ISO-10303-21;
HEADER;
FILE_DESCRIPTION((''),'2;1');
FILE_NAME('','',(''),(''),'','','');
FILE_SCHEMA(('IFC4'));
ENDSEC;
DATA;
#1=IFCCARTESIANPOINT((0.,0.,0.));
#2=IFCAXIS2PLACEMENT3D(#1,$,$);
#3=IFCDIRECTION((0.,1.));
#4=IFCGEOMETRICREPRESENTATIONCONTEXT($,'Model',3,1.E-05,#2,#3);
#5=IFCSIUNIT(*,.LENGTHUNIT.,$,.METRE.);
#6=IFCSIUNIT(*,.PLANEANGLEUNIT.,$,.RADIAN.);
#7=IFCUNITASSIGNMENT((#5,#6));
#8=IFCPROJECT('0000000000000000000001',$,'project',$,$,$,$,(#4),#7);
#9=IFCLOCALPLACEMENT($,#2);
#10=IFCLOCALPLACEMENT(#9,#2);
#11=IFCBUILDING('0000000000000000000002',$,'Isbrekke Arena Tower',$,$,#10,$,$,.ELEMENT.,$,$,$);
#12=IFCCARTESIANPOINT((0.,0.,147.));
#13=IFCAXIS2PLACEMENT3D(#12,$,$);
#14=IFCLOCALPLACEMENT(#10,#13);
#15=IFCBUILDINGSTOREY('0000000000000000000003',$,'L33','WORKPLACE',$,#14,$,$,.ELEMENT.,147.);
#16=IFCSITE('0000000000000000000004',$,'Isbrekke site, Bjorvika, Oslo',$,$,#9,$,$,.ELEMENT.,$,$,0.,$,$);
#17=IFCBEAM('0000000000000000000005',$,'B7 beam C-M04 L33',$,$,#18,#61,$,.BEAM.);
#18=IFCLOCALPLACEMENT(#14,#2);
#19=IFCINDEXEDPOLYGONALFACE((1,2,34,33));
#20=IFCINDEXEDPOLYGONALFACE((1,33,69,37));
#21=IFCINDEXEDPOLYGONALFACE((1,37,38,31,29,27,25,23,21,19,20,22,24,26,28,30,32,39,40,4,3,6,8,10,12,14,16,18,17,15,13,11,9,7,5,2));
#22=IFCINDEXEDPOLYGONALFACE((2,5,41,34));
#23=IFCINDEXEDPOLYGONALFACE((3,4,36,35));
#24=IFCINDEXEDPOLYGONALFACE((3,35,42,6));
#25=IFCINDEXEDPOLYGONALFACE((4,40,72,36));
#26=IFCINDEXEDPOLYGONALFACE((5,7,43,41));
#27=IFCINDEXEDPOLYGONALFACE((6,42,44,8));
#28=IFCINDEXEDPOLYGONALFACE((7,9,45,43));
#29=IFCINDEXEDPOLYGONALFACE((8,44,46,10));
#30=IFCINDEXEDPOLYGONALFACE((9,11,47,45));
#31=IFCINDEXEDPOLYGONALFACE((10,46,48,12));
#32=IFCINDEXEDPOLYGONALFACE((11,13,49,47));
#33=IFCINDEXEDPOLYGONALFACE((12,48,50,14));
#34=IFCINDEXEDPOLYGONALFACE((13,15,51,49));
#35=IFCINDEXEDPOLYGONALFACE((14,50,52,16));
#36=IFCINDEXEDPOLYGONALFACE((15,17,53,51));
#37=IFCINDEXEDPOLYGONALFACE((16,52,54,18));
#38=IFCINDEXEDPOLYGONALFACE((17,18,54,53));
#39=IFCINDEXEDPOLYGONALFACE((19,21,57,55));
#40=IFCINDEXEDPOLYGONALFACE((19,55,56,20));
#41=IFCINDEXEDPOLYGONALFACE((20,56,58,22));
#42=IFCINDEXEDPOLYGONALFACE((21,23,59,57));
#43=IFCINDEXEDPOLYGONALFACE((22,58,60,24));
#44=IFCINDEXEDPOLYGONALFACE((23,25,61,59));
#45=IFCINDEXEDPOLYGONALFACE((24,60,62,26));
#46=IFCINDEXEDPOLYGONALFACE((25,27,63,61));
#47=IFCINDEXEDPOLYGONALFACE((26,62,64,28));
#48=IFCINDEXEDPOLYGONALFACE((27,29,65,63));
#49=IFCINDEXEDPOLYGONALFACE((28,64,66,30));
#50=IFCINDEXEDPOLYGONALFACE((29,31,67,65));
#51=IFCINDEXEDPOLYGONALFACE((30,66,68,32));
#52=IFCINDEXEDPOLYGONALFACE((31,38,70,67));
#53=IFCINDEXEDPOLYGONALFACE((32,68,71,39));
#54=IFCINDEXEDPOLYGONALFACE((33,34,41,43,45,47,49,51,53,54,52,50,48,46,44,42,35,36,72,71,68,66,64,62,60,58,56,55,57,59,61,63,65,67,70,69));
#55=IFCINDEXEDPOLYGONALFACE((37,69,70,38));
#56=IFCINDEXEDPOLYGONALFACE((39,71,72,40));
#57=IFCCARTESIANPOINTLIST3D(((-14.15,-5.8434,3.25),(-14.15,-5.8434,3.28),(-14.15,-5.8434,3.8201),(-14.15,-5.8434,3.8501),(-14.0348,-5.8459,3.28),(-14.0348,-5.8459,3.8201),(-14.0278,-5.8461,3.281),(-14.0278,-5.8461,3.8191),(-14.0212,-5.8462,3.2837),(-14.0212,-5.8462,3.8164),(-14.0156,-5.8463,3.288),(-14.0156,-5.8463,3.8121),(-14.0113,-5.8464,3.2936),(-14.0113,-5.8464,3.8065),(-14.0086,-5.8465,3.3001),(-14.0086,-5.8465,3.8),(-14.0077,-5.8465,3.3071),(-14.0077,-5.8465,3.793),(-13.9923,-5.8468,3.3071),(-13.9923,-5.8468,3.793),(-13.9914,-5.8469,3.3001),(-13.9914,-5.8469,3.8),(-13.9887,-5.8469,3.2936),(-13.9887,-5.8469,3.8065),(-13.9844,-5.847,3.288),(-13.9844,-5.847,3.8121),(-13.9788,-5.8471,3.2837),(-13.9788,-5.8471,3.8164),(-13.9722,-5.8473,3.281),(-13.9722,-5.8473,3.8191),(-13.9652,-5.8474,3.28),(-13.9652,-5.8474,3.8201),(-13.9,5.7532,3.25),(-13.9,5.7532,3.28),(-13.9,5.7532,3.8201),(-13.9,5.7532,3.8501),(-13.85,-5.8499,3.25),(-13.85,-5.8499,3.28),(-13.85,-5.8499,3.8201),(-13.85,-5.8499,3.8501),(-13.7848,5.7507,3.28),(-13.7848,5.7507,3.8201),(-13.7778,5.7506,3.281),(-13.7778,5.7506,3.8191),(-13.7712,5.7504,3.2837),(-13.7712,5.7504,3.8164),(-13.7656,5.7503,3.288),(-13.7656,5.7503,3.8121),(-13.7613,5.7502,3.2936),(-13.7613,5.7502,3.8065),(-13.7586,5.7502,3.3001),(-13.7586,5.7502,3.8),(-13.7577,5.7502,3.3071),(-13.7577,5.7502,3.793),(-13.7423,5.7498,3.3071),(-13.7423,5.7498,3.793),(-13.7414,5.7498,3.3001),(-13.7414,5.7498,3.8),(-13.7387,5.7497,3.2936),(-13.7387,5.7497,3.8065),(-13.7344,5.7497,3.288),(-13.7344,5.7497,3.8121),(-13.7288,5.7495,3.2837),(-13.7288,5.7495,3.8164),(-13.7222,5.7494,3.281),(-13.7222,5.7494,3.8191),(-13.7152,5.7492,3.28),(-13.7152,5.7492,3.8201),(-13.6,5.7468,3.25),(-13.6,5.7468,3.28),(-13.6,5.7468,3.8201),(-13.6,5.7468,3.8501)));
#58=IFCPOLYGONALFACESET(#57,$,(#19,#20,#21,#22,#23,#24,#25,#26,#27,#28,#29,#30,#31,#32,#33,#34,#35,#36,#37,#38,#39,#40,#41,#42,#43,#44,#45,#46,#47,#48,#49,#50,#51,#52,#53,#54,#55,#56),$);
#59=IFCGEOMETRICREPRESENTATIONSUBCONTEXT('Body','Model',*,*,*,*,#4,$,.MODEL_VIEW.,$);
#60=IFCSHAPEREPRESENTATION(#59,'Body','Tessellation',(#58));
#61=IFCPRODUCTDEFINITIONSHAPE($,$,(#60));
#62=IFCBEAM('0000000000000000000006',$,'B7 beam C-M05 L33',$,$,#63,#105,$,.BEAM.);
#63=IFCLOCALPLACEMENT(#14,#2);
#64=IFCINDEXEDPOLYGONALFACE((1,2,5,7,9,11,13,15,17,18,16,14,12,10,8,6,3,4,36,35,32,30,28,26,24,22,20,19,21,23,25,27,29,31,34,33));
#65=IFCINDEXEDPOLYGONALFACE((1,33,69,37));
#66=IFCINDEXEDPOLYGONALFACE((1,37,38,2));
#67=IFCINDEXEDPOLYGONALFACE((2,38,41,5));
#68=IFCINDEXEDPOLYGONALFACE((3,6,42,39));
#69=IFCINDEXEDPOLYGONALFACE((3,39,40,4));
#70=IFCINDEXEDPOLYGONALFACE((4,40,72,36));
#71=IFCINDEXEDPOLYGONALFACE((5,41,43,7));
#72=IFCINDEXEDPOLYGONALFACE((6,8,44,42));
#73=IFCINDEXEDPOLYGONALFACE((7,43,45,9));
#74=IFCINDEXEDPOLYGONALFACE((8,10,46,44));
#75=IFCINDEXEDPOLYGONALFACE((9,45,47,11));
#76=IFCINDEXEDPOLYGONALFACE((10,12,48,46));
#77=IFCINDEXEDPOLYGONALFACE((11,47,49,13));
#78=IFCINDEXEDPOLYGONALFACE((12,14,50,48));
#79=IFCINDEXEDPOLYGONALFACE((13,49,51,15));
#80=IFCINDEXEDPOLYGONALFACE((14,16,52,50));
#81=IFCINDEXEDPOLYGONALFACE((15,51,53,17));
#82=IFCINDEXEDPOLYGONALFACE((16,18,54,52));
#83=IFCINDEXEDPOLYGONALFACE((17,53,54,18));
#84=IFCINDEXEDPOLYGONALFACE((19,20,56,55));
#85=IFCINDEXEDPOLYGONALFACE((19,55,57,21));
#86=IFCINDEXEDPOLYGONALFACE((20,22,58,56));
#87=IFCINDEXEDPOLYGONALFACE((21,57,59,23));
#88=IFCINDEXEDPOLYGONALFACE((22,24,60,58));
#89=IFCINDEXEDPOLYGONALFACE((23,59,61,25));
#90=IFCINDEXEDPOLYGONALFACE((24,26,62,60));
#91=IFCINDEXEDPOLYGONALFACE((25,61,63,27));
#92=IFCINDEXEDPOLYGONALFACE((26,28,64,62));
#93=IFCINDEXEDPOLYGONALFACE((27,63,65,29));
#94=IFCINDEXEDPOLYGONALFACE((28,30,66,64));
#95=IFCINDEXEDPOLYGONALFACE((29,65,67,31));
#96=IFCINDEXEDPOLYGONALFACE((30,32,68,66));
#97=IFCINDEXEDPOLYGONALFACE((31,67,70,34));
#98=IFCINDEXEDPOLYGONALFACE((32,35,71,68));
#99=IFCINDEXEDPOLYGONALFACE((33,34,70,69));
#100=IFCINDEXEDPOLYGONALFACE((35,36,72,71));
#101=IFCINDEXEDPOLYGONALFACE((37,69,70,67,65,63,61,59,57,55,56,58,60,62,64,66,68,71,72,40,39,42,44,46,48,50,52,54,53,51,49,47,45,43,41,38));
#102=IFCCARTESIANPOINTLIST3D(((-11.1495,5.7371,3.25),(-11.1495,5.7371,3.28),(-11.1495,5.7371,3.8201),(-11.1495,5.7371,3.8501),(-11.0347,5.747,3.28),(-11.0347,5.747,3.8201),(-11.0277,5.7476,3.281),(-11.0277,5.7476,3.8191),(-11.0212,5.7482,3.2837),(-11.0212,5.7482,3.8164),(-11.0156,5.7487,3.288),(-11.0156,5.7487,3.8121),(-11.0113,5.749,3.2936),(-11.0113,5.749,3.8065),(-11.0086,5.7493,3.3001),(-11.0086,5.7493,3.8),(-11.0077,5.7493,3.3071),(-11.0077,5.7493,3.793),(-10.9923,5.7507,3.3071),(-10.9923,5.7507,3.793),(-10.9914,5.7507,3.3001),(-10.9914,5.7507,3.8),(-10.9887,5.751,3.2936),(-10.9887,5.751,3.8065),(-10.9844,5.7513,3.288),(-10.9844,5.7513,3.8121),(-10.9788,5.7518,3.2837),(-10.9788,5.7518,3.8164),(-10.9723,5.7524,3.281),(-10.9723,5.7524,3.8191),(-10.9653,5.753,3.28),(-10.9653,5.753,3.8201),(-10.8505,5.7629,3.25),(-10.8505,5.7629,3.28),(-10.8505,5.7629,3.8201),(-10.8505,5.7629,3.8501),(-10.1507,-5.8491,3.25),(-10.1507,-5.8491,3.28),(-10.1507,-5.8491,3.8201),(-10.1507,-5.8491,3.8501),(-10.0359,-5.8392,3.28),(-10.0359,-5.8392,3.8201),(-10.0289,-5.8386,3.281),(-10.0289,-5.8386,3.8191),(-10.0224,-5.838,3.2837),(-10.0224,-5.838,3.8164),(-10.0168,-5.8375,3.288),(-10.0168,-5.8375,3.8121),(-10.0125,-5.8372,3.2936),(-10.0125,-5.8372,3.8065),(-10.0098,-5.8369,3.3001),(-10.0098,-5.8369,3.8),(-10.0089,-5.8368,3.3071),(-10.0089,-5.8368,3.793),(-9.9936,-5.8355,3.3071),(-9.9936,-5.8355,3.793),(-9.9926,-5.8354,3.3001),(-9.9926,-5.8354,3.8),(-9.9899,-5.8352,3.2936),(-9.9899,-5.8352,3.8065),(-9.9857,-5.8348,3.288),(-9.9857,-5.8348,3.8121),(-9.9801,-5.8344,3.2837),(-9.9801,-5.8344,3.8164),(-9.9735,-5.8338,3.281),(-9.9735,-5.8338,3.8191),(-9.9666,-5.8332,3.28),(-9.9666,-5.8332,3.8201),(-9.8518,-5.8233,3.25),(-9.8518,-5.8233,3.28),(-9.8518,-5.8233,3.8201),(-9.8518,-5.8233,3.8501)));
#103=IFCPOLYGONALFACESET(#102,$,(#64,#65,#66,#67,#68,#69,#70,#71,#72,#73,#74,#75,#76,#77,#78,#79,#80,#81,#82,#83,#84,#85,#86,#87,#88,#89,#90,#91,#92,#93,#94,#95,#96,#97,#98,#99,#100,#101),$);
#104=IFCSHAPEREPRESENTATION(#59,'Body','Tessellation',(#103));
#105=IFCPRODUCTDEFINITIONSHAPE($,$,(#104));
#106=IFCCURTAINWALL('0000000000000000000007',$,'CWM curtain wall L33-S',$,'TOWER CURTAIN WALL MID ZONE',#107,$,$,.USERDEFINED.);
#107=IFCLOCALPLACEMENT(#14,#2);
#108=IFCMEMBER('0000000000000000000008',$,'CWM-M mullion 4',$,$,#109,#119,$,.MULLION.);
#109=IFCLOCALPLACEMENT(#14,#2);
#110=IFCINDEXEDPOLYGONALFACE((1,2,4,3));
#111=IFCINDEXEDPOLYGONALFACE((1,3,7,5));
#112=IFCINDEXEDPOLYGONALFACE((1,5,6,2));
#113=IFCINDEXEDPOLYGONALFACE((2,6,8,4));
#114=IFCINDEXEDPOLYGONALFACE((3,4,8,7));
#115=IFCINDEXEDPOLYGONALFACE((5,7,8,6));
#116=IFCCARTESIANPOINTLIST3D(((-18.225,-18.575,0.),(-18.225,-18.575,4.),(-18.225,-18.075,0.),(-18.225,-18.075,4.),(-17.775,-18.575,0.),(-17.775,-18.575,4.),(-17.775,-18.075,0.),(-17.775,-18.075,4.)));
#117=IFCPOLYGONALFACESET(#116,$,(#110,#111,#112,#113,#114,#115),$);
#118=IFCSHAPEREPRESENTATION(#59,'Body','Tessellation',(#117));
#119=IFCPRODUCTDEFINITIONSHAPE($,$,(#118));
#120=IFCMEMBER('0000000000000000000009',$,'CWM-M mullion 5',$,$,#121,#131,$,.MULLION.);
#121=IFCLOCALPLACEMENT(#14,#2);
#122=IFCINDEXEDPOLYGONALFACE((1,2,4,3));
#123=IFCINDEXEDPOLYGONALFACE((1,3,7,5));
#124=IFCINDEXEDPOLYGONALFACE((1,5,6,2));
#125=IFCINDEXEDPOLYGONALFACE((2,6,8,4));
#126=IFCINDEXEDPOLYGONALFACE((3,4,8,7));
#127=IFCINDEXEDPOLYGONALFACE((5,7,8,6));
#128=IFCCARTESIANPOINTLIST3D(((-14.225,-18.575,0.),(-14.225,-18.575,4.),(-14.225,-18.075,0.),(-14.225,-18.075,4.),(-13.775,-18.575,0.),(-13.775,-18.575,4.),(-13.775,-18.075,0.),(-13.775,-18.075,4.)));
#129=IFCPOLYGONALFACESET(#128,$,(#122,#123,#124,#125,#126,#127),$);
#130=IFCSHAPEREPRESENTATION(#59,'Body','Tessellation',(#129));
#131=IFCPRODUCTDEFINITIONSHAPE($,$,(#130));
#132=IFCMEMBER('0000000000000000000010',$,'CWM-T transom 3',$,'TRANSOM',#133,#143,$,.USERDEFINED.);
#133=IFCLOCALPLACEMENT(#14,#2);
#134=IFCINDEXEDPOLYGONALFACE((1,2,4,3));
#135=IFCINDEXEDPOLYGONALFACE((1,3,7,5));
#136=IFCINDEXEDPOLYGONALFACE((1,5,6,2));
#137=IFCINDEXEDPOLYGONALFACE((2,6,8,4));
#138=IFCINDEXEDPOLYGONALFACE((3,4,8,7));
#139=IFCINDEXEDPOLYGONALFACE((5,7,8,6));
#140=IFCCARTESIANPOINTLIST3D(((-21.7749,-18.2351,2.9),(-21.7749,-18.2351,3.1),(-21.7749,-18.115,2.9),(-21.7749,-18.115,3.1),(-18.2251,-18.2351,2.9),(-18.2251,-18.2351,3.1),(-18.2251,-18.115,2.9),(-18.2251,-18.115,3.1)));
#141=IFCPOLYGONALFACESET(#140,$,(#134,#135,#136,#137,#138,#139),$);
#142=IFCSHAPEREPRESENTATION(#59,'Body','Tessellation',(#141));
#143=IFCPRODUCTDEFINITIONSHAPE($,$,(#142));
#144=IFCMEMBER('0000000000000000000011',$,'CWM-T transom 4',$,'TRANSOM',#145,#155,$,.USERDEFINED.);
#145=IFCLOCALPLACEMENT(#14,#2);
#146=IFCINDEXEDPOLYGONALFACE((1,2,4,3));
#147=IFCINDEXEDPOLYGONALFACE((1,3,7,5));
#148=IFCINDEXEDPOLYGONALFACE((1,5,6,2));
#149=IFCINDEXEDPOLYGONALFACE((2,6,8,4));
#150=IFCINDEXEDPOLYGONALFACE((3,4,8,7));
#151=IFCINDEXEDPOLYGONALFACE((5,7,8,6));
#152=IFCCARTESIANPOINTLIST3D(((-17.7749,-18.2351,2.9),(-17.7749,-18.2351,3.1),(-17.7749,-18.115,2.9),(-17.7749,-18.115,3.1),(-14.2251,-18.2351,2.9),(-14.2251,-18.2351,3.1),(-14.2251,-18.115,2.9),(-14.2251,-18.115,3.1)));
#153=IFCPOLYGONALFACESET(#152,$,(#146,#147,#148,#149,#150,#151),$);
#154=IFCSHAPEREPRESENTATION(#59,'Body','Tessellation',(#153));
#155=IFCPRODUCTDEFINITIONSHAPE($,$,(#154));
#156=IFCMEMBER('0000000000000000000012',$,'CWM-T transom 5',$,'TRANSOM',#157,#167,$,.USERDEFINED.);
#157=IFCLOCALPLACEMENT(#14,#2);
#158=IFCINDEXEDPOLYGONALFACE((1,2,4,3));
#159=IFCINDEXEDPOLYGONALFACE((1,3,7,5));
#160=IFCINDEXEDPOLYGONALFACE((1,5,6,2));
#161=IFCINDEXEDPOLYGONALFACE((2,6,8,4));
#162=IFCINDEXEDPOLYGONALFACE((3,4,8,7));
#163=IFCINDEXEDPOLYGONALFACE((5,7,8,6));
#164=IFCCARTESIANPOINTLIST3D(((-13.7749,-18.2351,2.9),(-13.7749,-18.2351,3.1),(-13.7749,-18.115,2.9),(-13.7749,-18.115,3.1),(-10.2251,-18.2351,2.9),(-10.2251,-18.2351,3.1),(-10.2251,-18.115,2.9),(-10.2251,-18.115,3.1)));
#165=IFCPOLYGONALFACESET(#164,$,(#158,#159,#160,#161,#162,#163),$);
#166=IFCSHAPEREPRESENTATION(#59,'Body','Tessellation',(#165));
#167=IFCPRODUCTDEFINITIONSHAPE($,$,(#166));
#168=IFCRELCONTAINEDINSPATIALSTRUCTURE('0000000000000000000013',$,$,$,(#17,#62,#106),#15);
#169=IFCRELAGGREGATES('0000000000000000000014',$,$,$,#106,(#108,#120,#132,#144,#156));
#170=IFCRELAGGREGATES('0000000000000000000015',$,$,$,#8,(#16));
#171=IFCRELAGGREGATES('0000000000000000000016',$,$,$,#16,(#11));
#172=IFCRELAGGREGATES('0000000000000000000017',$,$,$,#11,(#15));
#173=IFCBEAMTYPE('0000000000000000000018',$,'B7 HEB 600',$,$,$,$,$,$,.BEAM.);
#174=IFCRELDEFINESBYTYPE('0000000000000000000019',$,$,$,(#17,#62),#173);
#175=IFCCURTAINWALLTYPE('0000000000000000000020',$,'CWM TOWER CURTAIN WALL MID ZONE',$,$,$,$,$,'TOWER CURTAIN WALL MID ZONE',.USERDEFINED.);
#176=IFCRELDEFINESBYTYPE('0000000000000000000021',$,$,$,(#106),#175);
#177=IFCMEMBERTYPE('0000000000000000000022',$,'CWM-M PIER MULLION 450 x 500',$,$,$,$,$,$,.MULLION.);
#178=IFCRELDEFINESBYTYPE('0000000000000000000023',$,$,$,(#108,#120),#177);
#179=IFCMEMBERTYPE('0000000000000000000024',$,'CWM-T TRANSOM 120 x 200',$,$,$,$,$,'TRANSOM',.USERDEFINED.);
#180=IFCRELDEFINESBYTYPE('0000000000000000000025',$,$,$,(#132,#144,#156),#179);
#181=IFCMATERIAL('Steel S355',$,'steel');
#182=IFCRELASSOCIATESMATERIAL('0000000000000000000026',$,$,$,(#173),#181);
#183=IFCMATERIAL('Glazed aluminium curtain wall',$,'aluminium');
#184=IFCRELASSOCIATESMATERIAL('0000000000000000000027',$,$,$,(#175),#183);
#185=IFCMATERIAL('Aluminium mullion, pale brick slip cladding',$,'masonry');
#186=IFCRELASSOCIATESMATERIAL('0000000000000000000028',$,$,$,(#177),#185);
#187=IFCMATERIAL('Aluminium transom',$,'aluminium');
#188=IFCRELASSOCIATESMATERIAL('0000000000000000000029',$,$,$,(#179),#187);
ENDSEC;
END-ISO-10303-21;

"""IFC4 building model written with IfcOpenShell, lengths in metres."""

from ifc_helpers import new_model, si_unit, direction, frame, origin, origin_2d, place, context, subcontext, project, spatial, rectangle, i_section, extrude, material, material_profile, profile_set, type_object, element, aggregate, save


model = new_model("IFC4")

# Units and contexts
model_context = context("Model", 3, precision=1e-05, world=origin(), true_north=direction((0.0, 1.0)))
body_context = subcontext(model_context, "Body", "Model", "MODEL_VIEW")
ifc_project = project(units=[si_unit("LENGTHUNIT", "METRE"), si_unit("PLANEANGLEUNIT", "RADIAN")], contexts=[model_context])

# Site, building, storey
site_placement = place(None, origin())
site = spatial("IfcSite", under=ifc_project, at=site_placement, Name="Isbrekke site, Bjorvika, Oslo", CompositionType="ELEMENT", RefElevation=0.0)
building_placement = place(site_placement, origin())
building = spatial("IfcBuilding", under=site, at=building_placement, Name="Isbrekke Arena Tower", CompositionType="ELEMENT")
storey_placement = place(building_placement, frame((0.0, 0.0, 147.0)))
storey = spatial("IfcBuildingStorey", under=building, at=storey_placement, Name="L33", Description="WORKPLACE", CompositionType="ELEMENT", Elevation=147.0)

# Beams
ifc_material_1 = material(Name="Steel S355", Category="steel")
ifc_material_profile_1 = material_profile(ifc_material_1, i_section(OverallWidth=0.3, OverallDepth=0.6001, WebThickness=0.0154, FlangeThickness=0.03, FilletRadius=0.0271, at=origin_2d()), Name="HEB 600")
ifc_profile_set_1 = profile_set([ifc_material_profile_1], Name="Steel S355")
beam_type_1 = type_object("IfcBeamType", Name="B7 HEB 600", PredefinedType="BEAM", material=ifc_profile_set_1)
beam_1_placement = place(storey_placement, frame((-14.0, -5.8467, 3.55), z_axis=(0.021553, 0.999768, 0.0), x_axis=(-0.999768, 0.021553, 0.0)))
element("IfcBeam", 1, at=beam_1_placement, inside=storey, type_object=beam_type_1, Name="B7 beam C-M04 L33", PredefinedType="BEAM", context=body_context, shape_type="SweptSolid", body=[
    extrude(i_section(OverallWidth=0.3, OverallDepth=0.6001, WebThickness=0.0154, FlangeThickness=0.03, FilletRadius=0.0271, at=origin_2d()), origin(), (0.0, 0.0, 1.0), 11.5994),
])
beam_2_placement = place(storey_placement, frame((-10.0012, -5.8362, 3.55), z_axis=(-0.085886, 0.996305, 0.0), x_axis=(-0.996305, -0.085886, 0.0)))
element("IfcBeam", 2, at=beam_2_placement, inside=storey, type_object=beam_type_1, Name="B7 beam C-M05 L33", PredefinedType="BEAM", context=body_context, shape_type="SweptSolid", body=[
    extrude(i_section(OverallWidth=0.3, OverallDepth=0.6001, WebThickness=0.0154, FlangeThickness=0.03, FilletRadius=0.0271, at=origin_2d()), origin(), (0.0, 0.0, 1.0), 11.6292),
])

# Curtain wall, members
ifc_material_2 = material(Name="Glazed aluminium curtain wall", Category="aluminium")
curtain_wall_type = type_object("IfcCurtainWallType", Name="CWM TOWER CURTAIN WALL MID ZONE", ElementType="TOWER CURTAIN WALL MID ZONE", PredefinedType="USERDEFINED", material=ifc_material_2)
curtain_wall_placement = place(storey_placement, origin())
curtain_wall = element("IfcCurtainWall", 3, at=curtain_wall_placement, inside=storey, type_object=curtain_wall_type, Name="CWM curtain wall L33-S", ObjectType="TOWER CURTAIN WALL MID ZONE", PredefinedType="USERDEFINED")
ifc_material_3 = material(Name="Aluminium mullion, pale brick slip cladding", Category="masonry")
ifc_material_profile_2 = material_profile(ifc_material_3, rectangle(XDim=0.45, YDim=0.5, at=origin_2d()), Name="PIER 450X500")
ifc_profile_set_2 = profile_set([ifc_material_profile_2], Name="Aluminium mullion, pale brick slip cladding")
member_type_1 = type_object("IfcMemberType", Name="CWM-M PIER MULLION 450 x 500", PredefinedType="MULLION", material=ifc_profile_set_2)
member_1_placement = place(storey_placement, frame((-18.0, -18.325, 0.0), z_axis=(0.0, 0.0, 1.0), x_axis=(1.0, 0.0, 0.0)))
member_1 = element("IfcMember", 4, at=member_1_placement, type_object=member_type_1, Name="CWM-M mullion 4", PredefinedType="MULLION", context=body_context, shape_type="SweptSolid", body=[
    extrude(rectangle(XDim=0.45, YDim=0.5, at=origin_2d()), origin(), (0.0, 0.0, 1.0), 4.0),
])
member_2_placement = place(storey_placement, frame((-14.0, -18.325, 0.0), z_axis=(0.0, 0.0, 1.0), x_axis=(1.0, 0.0, 0.0)))
member_2 = element("IfcMember", 5, at=member_2_placement, type_object=member_type_1, Name="CWM-M mullion 5", PredefinedType="MULLION", context=body_context, shape_type="SweptSolid", body=[
    extrude(rectangle(XDim=0.45, YDim=0.5, at=origin_2d()), origin(), (0.0, 0.0, 1.0), 4.0),
])
ifc_material_4 = material(Name="Aluminium transom", Category="aluminium")
ifc_material_profile_3 = material_profile(ifc_material_4, rectangle(XDim=0.1201, YDim=0.2, at=origin_2d()), Name="TRANSOM 120X200")
ifc_profile_set_3 = profile_set([ifc_material_profile_3], Name="Aluminium transom")
member_type_2 = type_object("IfcMemberType", Name="CWM-T TRANSOM 120 x 200", ElementType="TRANSOM", PredefinedType="USERDEFINED", material=ifc_profile_set_3)
member_3_placement = place(storey_placement, frame((-21.7749, -18.175, 3.0), z_axis=(1.0, 0.0, 0.0), x_axis=(0.0, 1.0, 0.0)))
member_3 = element("IfcMember", 6, at=member_3_placement, type_object=member_type_2, Name="CWM-T transom 3", ObjectType="TRANSOM", PredefinedType="USERDEFINED", context=body_context, shape_type="SweptSolid", body=[
    extrude(rectangle(XDim=0.1201, YDim=0.2, at=origin_2d()), origin(), (0.0, 0.0, 1.0), 3.5498),
])
member_4_placement = place(storey_placement, frame((-17.7749, -18.175, 3.0), z_axis=(1.0, 0.0, 0.0), x_axis=(0.0, 1.0, 0.0)))
member_4 = element("IfcMember", 7, at=member_4_placement, type_object=member_type_2, Name="CWM-T transom 4", ObjectType="TRANSOM", PredefinedType="USERDEFINED", context=body_context, shape_type="SweptSolid", body=[
    extrude(rectangle(XDim=0.1201, YDim=0.2, at=origin_2d()), origin(), (0.0, 0.0, 1.0), 3.5498),
])
member_5_placement = place(storey_placement, frame((-13.7749, -18.175, 3.0), z_axis=(1.0, 0.0, 0.0), x_axis=(0.0, 1.0, 0.0)))
member_5 = element("IfcMember", 8, at=member_5_placement, type_object=member_type_2, Name="CWM-T transom 5", ObjectType="TRANSOM", PredefinedType="USERDEFINED", context=body_context, shape_type="SweptSolid", body=[
    extrude(rectangle(XDim=0.1201, YDim=0.2, at=origin_2d()), origin(), (0.0, 0.0, 1.0), 3.5498),
])

aggregate(curtain_wall, [member_1, member_2, member_3, member_4, member_5])

save(model, "model.ifc")
